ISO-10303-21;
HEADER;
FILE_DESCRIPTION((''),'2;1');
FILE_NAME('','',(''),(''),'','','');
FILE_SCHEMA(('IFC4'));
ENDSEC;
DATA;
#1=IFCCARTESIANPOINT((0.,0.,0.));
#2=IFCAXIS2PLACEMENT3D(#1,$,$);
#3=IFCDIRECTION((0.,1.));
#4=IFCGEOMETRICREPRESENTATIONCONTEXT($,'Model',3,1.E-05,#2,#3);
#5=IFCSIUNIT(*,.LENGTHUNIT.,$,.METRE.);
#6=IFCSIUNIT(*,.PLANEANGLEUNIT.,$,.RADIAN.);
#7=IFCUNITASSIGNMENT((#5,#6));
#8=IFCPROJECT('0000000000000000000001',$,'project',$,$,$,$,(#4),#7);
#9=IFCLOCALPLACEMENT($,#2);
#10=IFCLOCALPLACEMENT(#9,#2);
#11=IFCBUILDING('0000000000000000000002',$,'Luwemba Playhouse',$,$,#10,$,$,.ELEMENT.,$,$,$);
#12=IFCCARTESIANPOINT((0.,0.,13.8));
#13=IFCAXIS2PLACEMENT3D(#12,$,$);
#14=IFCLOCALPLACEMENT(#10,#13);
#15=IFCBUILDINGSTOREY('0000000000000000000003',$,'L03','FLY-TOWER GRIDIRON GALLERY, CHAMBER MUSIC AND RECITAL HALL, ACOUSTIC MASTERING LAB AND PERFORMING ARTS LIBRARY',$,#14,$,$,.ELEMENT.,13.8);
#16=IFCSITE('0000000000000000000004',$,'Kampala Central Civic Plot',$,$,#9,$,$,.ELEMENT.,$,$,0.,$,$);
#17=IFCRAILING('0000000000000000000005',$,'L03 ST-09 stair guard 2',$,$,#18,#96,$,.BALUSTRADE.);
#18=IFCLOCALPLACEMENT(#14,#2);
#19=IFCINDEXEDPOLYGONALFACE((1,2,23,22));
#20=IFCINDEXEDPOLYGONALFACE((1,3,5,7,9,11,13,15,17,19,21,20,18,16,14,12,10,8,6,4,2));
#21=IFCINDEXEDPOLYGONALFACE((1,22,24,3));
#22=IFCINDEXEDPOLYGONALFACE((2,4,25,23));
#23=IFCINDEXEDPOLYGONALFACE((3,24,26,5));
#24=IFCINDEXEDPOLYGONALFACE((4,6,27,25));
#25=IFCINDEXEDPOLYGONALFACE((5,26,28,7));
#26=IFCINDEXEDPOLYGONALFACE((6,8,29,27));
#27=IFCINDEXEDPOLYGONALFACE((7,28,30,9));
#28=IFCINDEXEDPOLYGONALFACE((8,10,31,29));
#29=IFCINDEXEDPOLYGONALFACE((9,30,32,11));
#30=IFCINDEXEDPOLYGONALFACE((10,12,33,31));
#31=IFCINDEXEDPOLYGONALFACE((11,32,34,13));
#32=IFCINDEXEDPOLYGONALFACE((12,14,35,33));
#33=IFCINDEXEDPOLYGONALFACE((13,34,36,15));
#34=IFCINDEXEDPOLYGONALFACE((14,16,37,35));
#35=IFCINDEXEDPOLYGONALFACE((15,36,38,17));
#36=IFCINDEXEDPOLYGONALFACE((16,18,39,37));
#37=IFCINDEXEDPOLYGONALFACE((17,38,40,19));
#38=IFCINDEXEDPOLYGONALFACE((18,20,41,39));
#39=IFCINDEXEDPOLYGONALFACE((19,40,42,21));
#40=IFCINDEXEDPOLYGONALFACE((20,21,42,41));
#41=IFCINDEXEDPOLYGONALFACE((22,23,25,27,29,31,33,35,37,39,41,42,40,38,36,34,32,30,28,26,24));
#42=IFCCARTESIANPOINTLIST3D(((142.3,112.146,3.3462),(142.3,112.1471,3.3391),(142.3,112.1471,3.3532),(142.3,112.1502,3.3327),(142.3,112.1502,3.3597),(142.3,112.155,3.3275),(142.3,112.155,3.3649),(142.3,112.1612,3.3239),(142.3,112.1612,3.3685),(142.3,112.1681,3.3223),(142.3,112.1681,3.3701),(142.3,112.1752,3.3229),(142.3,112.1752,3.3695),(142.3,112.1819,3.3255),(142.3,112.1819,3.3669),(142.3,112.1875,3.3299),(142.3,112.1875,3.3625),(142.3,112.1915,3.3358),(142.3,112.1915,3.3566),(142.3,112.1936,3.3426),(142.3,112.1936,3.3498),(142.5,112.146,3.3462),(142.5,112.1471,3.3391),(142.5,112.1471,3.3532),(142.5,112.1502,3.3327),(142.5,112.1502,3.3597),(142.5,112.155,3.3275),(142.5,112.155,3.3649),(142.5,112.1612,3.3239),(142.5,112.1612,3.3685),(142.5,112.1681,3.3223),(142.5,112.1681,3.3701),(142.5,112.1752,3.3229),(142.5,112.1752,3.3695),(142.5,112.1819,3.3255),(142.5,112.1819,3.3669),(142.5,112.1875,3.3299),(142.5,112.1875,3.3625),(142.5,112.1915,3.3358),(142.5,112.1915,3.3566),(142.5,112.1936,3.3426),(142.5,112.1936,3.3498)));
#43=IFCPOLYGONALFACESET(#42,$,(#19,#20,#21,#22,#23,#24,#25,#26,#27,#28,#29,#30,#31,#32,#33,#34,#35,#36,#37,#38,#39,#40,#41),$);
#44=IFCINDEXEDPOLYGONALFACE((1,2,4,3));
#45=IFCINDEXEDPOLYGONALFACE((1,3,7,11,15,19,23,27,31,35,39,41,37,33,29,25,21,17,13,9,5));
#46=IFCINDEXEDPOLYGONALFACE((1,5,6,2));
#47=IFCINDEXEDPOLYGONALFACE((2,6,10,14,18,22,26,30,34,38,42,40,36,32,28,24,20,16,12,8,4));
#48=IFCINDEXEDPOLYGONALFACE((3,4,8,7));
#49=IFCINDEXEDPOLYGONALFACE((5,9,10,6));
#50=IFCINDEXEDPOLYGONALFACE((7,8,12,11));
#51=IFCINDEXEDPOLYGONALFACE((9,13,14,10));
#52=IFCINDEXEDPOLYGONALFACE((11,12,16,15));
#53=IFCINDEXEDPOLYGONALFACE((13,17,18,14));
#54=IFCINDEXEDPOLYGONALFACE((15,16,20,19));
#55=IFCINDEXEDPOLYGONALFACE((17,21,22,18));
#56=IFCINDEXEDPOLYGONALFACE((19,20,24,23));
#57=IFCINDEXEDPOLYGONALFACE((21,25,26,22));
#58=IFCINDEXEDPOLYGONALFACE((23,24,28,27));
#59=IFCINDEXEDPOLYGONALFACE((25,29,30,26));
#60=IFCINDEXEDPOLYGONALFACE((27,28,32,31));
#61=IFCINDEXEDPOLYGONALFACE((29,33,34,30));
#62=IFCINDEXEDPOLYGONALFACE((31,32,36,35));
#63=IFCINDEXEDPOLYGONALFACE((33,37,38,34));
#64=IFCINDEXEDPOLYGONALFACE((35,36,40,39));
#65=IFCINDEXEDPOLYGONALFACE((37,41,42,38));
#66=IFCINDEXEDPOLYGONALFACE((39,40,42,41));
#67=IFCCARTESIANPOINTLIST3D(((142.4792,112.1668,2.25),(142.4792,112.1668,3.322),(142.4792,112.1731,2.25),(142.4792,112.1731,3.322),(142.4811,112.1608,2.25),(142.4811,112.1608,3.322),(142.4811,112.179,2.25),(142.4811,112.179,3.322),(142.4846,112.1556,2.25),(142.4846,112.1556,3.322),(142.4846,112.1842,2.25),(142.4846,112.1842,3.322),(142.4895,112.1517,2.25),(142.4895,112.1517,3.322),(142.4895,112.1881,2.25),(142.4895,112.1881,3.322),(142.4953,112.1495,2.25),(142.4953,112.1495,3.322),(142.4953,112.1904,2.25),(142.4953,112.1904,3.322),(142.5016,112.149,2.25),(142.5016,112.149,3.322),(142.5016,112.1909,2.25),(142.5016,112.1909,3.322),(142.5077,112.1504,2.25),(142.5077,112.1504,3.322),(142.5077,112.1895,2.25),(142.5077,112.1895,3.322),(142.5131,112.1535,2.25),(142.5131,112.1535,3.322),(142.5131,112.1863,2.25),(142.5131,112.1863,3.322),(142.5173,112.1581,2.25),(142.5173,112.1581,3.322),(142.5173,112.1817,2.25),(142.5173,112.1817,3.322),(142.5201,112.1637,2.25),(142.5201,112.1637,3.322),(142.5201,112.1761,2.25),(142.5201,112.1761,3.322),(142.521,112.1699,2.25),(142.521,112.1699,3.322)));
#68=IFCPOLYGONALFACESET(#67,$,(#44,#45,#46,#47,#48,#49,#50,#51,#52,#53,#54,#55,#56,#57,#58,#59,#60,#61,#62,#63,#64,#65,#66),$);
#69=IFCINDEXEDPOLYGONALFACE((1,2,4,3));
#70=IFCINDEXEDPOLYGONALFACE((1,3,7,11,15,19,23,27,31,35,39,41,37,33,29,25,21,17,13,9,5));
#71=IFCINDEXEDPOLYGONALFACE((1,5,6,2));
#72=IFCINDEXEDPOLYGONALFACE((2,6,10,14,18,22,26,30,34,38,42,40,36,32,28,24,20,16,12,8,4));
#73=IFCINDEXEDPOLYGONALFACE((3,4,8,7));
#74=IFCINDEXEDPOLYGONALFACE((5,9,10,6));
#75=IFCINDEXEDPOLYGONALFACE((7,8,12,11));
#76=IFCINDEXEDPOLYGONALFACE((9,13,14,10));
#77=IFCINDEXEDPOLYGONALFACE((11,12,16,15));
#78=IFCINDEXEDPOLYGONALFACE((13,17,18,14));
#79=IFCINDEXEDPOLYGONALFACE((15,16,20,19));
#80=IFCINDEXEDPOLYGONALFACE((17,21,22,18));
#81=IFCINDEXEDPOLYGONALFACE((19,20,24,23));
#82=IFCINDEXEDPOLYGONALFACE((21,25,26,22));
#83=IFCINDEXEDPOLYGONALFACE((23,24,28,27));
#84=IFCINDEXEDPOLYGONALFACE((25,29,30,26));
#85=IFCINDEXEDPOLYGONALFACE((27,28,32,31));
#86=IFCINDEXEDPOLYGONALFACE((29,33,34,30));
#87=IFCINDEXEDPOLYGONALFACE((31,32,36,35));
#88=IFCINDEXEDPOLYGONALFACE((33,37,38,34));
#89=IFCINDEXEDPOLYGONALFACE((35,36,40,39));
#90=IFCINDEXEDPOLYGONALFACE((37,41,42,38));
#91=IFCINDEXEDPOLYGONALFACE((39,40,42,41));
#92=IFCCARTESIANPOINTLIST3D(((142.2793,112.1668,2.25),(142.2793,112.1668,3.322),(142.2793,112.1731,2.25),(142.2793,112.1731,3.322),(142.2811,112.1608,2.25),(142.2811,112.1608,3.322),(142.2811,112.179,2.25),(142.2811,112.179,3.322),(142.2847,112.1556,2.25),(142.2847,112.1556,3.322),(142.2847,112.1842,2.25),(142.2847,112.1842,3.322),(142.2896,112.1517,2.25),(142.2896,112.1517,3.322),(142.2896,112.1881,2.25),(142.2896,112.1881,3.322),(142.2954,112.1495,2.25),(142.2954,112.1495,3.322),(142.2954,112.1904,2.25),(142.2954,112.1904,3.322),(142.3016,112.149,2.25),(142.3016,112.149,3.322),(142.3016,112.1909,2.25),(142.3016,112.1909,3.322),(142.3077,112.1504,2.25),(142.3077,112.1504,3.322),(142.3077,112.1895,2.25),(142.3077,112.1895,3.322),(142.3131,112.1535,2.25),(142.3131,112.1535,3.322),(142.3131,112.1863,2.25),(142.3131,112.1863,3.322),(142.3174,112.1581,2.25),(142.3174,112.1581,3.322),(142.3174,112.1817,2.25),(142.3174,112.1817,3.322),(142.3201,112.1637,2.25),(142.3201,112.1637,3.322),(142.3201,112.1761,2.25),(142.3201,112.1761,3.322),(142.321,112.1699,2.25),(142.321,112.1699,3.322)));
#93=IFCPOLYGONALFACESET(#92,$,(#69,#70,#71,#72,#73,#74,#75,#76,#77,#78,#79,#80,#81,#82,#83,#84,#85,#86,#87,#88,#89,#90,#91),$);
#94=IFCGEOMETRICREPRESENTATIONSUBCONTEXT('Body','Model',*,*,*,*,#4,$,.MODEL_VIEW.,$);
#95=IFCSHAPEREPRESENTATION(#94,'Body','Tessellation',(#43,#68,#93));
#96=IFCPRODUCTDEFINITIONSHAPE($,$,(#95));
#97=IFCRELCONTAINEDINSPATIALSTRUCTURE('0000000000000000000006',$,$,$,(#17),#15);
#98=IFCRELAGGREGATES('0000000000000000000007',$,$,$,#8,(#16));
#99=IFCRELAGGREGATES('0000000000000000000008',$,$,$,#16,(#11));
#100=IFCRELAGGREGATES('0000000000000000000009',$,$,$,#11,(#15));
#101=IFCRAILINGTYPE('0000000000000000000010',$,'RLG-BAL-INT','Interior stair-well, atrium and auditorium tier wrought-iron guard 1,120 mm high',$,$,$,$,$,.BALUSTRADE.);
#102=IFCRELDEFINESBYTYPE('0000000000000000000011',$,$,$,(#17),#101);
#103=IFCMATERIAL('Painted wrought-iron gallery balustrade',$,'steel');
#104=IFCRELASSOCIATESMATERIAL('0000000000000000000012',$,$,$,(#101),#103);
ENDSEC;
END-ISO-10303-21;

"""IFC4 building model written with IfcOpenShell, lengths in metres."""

from ifc_helpers import new_model, si_unit, direction, frame, origin, origin_2d, place, context, subcontext, project, spatial, circle, extrude, material, type_object, element, save


model = new_model("IFC4")

# Units and contexts
model_context = context("Model", 3, precision=1e-05, world=origin(), true_north=direction((0.0, 1.0)))
body_context = subcontext(model_context, "Body", "Model", "MODEL_VIEW")
ifc_project = project(units=[si_unit("LENGTHUNIT", "METRE"), si_unit("PLANEANGLEUNIT", "RADIAN")], contexts=[model_context])

# Site, building, storey
site_placement = place(None, origin())
site = spatial("IfcSite", under=ifc_project, at=site_placement, Name="Kampala Central Civic Plot", CompositionType="ELEMENT", RefElevation=0.0)
building_placement = place(site_placement, origin())
building = spatial("IfcBuilding", under=site, at=building_placement, Name="Luwemba Playhouse", CompositionType="ELEMENT")
storey_placement = place(building_placement, frame((0.0, 0.0, 13.8)))
storey = spatial("IfcBuildingStorey", under=building, at=storey_placement, Name="L03", Description="FLY-TOWER GRIDIRON GALLERY, CHAMBER MUSIC AND RECITAL HALL, ACOUSTIC MASTERING LAB AND PERFORMING ARTS LIBRARY", CompositionType="ELEMENT", Elevation=13.8)

# Railing
ifc_material_1 = material(Name="Painted wrought-iron gallery balustrade", Category="steel")
railing_type_1 = type_object("IfcRailingType", Name="RLG-BAL-INT", Description="Interior stair-well, atrium and auditorium tier wrought-iron guard 1,120 mm high", PredefinedType="BALUSTRADE", material=ifc_material_1)
railing_1_placement = place(storey_placement, frame((142.5, 112.1699, 2.25)))
element("IfcRailing", 1, at=railing_1_placement, inside=storey, type_object=railing_type_1, Name="L03 ST-09 stair guard 2", PredefinedType="BALUSTRADE", context=body_context, shape_type="SweptSolid", body=[
    extrude(circle(Radius=0.0239, at=origin_2d()), frame((0.0, 0.0, 1.0962), z_axis=(-1.0, 0.0, 0.0), x_axis=(0.0, -1.0, 0.0)), (0.0, 0.0, 1.0), 0.2),
    extrude(circle(Radius=0.021, at=origin_2d()), origin(), (0.0, 0.0, 1.0), 1.072),
    extrude(circle(Radius=0.021, at=origin_2d()), frame((-0.2, 0.0, 0.0)), (0.0, 0.0, 1.0), 1.072),
])

save(model, "model.ifc")
